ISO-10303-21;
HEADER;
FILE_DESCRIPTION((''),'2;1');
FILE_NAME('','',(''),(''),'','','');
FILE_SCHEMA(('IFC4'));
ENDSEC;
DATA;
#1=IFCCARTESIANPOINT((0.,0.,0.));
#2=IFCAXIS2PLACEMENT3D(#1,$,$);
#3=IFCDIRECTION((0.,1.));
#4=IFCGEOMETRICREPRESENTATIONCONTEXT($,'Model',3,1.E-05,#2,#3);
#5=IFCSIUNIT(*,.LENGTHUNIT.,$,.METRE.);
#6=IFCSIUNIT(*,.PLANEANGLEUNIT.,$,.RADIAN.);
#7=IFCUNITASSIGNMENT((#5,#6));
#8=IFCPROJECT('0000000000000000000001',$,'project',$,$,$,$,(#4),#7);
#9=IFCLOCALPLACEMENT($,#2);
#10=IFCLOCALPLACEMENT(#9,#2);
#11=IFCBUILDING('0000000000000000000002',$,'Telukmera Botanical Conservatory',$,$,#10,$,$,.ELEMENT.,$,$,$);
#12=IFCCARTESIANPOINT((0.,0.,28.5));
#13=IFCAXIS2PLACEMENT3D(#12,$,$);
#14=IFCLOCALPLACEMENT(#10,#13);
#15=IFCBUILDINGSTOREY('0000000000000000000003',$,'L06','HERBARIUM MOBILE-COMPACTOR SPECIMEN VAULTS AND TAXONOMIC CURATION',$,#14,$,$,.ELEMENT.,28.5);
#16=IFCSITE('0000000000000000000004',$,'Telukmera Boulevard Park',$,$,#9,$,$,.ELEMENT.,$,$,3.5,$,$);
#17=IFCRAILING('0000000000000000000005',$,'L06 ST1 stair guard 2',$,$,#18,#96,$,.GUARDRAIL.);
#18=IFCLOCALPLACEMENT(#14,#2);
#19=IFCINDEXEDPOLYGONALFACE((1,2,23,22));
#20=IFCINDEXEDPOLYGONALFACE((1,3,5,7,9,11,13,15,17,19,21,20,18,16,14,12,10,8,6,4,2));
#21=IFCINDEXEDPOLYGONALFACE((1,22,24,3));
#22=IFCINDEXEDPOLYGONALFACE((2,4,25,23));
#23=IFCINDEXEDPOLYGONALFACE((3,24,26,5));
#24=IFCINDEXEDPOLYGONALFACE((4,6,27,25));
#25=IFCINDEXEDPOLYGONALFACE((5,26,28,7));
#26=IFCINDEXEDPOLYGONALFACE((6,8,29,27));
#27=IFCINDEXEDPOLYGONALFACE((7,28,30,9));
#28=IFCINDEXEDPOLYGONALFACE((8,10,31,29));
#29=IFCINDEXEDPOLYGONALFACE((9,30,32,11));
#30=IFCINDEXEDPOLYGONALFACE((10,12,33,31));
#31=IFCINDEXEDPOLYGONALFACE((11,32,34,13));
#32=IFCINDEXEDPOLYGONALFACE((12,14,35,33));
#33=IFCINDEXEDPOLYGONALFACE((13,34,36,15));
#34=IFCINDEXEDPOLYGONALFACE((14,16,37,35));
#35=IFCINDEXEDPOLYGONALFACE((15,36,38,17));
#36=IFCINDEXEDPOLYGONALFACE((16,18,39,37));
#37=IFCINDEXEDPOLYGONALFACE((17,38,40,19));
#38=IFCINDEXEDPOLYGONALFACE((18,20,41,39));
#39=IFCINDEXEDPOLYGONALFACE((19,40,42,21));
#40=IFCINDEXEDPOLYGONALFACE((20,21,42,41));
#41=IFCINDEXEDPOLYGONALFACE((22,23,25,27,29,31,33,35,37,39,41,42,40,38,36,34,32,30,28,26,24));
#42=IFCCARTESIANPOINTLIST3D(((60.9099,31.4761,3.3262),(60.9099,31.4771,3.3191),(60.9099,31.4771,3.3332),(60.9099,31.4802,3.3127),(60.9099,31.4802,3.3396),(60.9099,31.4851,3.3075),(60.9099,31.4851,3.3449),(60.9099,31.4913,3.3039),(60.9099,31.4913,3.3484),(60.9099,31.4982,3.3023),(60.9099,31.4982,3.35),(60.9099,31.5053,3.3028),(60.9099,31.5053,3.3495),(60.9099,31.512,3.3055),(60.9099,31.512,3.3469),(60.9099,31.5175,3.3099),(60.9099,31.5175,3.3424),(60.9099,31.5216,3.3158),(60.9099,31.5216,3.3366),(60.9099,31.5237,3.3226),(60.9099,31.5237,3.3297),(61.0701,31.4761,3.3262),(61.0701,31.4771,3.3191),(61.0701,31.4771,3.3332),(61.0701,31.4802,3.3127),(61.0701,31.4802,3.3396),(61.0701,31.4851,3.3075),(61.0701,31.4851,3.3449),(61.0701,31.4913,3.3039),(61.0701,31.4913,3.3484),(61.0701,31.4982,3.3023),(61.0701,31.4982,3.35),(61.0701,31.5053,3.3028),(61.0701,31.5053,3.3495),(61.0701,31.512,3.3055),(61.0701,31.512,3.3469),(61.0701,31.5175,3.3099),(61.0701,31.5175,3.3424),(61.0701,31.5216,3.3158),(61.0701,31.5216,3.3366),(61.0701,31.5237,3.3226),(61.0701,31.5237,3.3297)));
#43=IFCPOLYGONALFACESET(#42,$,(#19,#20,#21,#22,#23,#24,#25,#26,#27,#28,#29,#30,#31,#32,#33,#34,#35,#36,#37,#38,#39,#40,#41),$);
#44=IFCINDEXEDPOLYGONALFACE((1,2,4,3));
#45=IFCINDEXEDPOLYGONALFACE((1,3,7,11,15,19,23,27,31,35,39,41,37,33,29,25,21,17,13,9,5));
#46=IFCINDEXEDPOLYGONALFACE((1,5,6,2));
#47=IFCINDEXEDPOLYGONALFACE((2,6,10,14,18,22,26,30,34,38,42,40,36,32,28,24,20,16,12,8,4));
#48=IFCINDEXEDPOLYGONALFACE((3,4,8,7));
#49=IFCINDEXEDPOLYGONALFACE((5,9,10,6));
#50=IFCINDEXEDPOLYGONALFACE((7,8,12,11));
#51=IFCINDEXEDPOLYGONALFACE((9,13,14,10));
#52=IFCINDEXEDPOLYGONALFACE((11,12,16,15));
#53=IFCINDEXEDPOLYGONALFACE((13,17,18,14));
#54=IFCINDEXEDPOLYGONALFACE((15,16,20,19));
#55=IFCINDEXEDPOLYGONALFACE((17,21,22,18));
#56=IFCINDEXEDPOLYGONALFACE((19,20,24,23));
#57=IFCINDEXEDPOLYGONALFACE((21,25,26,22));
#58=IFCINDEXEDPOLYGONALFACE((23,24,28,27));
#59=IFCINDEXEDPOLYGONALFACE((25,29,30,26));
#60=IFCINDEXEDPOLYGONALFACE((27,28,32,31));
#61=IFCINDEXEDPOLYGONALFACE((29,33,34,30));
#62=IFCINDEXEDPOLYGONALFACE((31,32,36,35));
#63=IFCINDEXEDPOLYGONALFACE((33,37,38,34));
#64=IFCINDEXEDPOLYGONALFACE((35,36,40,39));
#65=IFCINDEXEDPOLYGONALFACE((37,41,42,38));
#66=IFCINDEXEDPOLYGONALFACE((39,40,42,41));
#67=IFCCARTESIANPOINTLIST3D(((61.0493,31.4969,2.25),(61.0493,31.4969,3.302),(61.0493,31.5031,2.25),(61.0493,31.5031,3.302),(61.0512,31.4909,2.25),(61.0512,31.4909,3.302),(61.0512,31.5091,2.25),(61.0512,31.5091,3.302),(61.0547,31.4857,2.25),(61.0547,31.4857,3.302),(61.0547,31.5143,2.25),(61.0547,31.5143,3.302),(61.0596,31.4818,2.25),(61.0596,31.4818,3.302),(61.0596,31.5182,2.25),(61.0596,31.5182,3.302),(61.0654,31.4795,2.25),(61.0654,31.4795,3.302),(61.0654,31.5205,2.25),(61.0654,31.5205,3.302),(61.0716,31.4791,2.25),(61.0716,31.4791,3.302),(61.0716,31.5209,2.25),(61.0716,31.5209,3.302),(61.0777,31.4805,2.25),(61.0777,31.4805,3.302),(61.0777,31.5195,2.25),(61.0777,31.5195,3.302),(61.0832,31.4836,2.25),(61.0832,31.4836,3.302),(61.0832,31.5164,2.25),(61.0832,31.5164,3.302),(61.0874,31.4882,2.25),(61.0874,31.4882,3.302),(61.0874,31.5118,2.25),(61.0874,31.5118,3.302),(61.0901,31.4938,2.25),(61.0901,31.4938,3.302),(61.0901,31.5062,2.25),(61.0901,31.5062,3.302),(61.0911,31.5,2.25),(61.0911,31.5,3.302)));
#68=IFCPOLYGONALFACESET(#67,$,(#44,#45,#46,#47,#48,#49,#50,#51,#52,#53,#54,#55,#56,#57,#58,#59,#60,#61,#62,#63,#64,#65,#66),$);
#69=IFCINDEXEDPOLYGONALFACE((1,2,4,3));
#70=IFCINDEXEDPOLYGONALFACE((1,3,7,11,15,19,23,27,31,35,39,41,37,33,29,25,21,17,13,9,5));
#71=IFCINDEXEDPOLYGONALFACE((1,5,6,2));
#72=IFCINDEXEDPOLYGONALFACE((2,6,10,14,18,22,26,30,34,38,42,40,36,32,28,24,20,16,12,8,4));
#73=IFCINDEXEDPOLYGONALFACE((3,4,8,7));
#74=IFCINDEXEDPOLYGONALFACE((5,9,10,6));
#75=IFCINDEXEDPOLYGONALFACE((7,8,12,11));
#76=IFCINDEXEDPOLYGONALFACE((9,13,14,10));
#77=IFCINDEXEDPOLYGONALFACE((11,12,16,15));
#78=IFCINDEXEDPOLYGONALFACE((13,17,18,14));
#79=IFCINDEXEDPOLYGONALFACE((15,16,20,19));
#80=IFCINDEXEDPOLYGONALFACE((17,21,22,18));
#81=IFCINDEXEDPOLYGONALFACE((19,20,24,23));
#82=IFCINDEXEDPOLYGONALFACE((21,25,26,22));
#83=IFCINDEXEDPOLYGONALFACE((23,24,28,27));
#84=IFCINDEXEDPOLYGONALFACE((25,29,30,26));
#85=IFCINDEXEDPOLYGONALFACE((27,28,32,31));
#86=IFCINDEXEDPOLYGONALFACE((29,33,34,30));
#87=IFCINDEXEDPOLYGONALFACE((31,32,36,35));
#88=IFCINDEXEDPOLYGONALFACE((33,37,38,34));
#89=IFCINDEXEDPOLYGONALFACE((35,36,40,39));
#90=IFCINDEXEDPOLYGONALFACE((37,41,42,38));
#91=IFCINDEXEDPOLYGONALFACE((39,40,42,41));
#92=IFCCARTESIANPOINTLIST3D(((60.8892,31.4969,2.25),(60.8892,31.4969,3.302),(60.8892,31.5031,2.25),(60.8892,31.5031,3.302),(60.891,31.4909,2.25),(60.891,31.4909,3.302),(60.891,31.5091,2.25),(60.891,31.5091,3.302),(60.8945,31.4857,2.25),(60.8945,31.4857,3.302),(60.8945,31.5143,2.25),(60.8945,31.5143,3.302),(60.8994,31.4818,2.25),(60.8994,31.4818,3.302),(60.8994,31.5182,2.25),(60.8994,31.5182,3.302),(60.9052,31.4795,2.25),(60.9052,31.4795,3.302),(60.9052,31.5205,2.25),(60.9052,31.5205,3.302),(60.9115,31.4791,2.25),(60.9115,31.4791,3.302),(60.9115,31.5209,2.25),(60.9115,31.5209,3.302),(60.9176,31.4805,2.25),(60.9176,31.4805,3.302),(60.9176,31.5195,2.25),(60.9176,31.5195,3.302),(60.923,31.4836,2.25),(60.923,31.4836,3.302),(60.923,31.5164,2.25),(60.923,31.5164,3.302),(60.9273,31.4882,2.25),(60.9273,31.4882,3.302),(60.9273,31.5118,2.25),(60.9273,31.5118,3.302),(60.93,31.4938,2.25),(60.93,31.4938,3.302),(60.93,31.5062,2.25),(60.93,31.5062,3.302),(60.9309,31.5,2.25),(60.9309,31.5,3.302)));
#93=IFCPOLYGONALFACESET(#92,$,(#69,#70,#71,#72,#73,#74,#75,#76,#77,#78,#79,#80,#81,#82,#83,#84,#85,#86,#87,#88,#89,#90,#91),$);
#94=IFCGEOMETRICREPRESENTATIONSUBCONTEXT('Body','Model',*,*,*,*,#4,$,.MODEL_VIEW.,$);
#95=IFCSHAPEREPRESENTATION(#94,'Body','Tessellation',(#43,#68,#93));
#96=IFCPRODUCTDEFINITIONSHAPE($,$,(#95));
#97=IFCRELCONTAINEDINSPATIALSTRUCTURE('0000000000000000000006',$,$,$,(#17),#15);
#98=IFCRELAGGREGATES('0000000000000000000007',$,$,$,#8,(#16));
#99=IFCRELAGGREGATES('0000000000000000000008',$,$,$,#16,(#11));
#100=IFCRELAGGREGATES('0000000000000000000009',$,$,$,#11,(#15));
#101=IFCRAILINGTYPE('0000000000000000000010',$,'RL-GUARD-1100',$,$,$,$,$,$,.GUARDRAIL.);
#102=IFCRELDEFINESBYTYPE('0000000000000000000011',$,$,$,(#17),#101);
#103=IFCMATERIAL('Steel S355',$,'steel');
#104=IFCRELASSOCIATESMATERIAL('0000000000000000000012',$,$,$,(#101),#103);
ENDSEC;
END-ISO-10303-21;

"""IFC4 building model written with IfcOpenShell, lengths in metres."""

from ifc_helpers import new_model, si_unit, direction, frame, origin, origin_2d, place, context, subcontext, project, spatial, circle, extrude, material, type_object, element, save


model = new_model("IFC4")

# Units and contexts
model_context = context("Model", 3, precision=1e-05, world=origin(), true_north=direction((0.0, 1.0)))
body_context = subcontext(model_context, "Body", "Model", "MODEL_VIEW")
ifc_project = project(units=[si_unit("LENGTHUNIT", "METRE"), si_unit("PLANEANGLEUNIT", "RADIAN")], contexts=[model_context])

# Site, building, storey
site_placement = place(None, origin())
site = spatial("IfcSite", under=ifc_project, at=site_placement, Name="Telukmera Boulevard Park", CompositionType="ELEMENT", RefElevation=3.5)
building_placement = place(site_placement, origin())
building = spatial("IfcBuilding", under=site, at=building_placement, Name="Telukmera Botanical Conservatory", CompositionType="ELEMENT")
storey_placement = place(building_placement, frame((0.0, 0.0, 28.5)))
storey = spatial("IfcBuildingStorey", under=building, at=storey_placement, Name="L06", Description="HERBARIUM MOBILE-COMPACTOR SPECIMEN VAULTS AND TAXONOMIC CURATION", CompositionType="ELEMENT", Elevation=28.5)

# Railing
ifc_material_1 = material(Name="Steel S355", Category="steel")
railing_type_1 = type_object("IfcRailingType", Name="RL-GUARD-1100", PredefinedType="GUARDRAIL", material=ifc_material_1)
railing_1_placement = place(storey_placement, frame((61.0701, 31.5, 2.25)))
element("IfcRailing", 1, at=railing_1_placement, inside=storey, type_object=railing_type_1, Name="L06 ST1 stair guard 2", PredefinedType="GUARDRAIL", context=body_context, shape_type="SweptSolid", body=[
    extrude(circle(Radius=0.0239, at=origin_2d()), frame((0.0, 0.0, 1.0762), z_axis=(-1.0, 0.0, 0.0), x_axis=(0.0, -1.0, 0.0)), (0.0, 0.0, 1.0), 0.1602),
    extrude(circle(Radius=0.021, at=origin_2d()), origin(), (0.0, 0.0, 1.0), 1.052),
    extrude(circle(Radius=0.021, at=origin_2d()), frame((-0.1602, 0.0, 0.0)), (0.0, 0.0, 1.0), 1.052),
])

save(model, "model.ifc")
